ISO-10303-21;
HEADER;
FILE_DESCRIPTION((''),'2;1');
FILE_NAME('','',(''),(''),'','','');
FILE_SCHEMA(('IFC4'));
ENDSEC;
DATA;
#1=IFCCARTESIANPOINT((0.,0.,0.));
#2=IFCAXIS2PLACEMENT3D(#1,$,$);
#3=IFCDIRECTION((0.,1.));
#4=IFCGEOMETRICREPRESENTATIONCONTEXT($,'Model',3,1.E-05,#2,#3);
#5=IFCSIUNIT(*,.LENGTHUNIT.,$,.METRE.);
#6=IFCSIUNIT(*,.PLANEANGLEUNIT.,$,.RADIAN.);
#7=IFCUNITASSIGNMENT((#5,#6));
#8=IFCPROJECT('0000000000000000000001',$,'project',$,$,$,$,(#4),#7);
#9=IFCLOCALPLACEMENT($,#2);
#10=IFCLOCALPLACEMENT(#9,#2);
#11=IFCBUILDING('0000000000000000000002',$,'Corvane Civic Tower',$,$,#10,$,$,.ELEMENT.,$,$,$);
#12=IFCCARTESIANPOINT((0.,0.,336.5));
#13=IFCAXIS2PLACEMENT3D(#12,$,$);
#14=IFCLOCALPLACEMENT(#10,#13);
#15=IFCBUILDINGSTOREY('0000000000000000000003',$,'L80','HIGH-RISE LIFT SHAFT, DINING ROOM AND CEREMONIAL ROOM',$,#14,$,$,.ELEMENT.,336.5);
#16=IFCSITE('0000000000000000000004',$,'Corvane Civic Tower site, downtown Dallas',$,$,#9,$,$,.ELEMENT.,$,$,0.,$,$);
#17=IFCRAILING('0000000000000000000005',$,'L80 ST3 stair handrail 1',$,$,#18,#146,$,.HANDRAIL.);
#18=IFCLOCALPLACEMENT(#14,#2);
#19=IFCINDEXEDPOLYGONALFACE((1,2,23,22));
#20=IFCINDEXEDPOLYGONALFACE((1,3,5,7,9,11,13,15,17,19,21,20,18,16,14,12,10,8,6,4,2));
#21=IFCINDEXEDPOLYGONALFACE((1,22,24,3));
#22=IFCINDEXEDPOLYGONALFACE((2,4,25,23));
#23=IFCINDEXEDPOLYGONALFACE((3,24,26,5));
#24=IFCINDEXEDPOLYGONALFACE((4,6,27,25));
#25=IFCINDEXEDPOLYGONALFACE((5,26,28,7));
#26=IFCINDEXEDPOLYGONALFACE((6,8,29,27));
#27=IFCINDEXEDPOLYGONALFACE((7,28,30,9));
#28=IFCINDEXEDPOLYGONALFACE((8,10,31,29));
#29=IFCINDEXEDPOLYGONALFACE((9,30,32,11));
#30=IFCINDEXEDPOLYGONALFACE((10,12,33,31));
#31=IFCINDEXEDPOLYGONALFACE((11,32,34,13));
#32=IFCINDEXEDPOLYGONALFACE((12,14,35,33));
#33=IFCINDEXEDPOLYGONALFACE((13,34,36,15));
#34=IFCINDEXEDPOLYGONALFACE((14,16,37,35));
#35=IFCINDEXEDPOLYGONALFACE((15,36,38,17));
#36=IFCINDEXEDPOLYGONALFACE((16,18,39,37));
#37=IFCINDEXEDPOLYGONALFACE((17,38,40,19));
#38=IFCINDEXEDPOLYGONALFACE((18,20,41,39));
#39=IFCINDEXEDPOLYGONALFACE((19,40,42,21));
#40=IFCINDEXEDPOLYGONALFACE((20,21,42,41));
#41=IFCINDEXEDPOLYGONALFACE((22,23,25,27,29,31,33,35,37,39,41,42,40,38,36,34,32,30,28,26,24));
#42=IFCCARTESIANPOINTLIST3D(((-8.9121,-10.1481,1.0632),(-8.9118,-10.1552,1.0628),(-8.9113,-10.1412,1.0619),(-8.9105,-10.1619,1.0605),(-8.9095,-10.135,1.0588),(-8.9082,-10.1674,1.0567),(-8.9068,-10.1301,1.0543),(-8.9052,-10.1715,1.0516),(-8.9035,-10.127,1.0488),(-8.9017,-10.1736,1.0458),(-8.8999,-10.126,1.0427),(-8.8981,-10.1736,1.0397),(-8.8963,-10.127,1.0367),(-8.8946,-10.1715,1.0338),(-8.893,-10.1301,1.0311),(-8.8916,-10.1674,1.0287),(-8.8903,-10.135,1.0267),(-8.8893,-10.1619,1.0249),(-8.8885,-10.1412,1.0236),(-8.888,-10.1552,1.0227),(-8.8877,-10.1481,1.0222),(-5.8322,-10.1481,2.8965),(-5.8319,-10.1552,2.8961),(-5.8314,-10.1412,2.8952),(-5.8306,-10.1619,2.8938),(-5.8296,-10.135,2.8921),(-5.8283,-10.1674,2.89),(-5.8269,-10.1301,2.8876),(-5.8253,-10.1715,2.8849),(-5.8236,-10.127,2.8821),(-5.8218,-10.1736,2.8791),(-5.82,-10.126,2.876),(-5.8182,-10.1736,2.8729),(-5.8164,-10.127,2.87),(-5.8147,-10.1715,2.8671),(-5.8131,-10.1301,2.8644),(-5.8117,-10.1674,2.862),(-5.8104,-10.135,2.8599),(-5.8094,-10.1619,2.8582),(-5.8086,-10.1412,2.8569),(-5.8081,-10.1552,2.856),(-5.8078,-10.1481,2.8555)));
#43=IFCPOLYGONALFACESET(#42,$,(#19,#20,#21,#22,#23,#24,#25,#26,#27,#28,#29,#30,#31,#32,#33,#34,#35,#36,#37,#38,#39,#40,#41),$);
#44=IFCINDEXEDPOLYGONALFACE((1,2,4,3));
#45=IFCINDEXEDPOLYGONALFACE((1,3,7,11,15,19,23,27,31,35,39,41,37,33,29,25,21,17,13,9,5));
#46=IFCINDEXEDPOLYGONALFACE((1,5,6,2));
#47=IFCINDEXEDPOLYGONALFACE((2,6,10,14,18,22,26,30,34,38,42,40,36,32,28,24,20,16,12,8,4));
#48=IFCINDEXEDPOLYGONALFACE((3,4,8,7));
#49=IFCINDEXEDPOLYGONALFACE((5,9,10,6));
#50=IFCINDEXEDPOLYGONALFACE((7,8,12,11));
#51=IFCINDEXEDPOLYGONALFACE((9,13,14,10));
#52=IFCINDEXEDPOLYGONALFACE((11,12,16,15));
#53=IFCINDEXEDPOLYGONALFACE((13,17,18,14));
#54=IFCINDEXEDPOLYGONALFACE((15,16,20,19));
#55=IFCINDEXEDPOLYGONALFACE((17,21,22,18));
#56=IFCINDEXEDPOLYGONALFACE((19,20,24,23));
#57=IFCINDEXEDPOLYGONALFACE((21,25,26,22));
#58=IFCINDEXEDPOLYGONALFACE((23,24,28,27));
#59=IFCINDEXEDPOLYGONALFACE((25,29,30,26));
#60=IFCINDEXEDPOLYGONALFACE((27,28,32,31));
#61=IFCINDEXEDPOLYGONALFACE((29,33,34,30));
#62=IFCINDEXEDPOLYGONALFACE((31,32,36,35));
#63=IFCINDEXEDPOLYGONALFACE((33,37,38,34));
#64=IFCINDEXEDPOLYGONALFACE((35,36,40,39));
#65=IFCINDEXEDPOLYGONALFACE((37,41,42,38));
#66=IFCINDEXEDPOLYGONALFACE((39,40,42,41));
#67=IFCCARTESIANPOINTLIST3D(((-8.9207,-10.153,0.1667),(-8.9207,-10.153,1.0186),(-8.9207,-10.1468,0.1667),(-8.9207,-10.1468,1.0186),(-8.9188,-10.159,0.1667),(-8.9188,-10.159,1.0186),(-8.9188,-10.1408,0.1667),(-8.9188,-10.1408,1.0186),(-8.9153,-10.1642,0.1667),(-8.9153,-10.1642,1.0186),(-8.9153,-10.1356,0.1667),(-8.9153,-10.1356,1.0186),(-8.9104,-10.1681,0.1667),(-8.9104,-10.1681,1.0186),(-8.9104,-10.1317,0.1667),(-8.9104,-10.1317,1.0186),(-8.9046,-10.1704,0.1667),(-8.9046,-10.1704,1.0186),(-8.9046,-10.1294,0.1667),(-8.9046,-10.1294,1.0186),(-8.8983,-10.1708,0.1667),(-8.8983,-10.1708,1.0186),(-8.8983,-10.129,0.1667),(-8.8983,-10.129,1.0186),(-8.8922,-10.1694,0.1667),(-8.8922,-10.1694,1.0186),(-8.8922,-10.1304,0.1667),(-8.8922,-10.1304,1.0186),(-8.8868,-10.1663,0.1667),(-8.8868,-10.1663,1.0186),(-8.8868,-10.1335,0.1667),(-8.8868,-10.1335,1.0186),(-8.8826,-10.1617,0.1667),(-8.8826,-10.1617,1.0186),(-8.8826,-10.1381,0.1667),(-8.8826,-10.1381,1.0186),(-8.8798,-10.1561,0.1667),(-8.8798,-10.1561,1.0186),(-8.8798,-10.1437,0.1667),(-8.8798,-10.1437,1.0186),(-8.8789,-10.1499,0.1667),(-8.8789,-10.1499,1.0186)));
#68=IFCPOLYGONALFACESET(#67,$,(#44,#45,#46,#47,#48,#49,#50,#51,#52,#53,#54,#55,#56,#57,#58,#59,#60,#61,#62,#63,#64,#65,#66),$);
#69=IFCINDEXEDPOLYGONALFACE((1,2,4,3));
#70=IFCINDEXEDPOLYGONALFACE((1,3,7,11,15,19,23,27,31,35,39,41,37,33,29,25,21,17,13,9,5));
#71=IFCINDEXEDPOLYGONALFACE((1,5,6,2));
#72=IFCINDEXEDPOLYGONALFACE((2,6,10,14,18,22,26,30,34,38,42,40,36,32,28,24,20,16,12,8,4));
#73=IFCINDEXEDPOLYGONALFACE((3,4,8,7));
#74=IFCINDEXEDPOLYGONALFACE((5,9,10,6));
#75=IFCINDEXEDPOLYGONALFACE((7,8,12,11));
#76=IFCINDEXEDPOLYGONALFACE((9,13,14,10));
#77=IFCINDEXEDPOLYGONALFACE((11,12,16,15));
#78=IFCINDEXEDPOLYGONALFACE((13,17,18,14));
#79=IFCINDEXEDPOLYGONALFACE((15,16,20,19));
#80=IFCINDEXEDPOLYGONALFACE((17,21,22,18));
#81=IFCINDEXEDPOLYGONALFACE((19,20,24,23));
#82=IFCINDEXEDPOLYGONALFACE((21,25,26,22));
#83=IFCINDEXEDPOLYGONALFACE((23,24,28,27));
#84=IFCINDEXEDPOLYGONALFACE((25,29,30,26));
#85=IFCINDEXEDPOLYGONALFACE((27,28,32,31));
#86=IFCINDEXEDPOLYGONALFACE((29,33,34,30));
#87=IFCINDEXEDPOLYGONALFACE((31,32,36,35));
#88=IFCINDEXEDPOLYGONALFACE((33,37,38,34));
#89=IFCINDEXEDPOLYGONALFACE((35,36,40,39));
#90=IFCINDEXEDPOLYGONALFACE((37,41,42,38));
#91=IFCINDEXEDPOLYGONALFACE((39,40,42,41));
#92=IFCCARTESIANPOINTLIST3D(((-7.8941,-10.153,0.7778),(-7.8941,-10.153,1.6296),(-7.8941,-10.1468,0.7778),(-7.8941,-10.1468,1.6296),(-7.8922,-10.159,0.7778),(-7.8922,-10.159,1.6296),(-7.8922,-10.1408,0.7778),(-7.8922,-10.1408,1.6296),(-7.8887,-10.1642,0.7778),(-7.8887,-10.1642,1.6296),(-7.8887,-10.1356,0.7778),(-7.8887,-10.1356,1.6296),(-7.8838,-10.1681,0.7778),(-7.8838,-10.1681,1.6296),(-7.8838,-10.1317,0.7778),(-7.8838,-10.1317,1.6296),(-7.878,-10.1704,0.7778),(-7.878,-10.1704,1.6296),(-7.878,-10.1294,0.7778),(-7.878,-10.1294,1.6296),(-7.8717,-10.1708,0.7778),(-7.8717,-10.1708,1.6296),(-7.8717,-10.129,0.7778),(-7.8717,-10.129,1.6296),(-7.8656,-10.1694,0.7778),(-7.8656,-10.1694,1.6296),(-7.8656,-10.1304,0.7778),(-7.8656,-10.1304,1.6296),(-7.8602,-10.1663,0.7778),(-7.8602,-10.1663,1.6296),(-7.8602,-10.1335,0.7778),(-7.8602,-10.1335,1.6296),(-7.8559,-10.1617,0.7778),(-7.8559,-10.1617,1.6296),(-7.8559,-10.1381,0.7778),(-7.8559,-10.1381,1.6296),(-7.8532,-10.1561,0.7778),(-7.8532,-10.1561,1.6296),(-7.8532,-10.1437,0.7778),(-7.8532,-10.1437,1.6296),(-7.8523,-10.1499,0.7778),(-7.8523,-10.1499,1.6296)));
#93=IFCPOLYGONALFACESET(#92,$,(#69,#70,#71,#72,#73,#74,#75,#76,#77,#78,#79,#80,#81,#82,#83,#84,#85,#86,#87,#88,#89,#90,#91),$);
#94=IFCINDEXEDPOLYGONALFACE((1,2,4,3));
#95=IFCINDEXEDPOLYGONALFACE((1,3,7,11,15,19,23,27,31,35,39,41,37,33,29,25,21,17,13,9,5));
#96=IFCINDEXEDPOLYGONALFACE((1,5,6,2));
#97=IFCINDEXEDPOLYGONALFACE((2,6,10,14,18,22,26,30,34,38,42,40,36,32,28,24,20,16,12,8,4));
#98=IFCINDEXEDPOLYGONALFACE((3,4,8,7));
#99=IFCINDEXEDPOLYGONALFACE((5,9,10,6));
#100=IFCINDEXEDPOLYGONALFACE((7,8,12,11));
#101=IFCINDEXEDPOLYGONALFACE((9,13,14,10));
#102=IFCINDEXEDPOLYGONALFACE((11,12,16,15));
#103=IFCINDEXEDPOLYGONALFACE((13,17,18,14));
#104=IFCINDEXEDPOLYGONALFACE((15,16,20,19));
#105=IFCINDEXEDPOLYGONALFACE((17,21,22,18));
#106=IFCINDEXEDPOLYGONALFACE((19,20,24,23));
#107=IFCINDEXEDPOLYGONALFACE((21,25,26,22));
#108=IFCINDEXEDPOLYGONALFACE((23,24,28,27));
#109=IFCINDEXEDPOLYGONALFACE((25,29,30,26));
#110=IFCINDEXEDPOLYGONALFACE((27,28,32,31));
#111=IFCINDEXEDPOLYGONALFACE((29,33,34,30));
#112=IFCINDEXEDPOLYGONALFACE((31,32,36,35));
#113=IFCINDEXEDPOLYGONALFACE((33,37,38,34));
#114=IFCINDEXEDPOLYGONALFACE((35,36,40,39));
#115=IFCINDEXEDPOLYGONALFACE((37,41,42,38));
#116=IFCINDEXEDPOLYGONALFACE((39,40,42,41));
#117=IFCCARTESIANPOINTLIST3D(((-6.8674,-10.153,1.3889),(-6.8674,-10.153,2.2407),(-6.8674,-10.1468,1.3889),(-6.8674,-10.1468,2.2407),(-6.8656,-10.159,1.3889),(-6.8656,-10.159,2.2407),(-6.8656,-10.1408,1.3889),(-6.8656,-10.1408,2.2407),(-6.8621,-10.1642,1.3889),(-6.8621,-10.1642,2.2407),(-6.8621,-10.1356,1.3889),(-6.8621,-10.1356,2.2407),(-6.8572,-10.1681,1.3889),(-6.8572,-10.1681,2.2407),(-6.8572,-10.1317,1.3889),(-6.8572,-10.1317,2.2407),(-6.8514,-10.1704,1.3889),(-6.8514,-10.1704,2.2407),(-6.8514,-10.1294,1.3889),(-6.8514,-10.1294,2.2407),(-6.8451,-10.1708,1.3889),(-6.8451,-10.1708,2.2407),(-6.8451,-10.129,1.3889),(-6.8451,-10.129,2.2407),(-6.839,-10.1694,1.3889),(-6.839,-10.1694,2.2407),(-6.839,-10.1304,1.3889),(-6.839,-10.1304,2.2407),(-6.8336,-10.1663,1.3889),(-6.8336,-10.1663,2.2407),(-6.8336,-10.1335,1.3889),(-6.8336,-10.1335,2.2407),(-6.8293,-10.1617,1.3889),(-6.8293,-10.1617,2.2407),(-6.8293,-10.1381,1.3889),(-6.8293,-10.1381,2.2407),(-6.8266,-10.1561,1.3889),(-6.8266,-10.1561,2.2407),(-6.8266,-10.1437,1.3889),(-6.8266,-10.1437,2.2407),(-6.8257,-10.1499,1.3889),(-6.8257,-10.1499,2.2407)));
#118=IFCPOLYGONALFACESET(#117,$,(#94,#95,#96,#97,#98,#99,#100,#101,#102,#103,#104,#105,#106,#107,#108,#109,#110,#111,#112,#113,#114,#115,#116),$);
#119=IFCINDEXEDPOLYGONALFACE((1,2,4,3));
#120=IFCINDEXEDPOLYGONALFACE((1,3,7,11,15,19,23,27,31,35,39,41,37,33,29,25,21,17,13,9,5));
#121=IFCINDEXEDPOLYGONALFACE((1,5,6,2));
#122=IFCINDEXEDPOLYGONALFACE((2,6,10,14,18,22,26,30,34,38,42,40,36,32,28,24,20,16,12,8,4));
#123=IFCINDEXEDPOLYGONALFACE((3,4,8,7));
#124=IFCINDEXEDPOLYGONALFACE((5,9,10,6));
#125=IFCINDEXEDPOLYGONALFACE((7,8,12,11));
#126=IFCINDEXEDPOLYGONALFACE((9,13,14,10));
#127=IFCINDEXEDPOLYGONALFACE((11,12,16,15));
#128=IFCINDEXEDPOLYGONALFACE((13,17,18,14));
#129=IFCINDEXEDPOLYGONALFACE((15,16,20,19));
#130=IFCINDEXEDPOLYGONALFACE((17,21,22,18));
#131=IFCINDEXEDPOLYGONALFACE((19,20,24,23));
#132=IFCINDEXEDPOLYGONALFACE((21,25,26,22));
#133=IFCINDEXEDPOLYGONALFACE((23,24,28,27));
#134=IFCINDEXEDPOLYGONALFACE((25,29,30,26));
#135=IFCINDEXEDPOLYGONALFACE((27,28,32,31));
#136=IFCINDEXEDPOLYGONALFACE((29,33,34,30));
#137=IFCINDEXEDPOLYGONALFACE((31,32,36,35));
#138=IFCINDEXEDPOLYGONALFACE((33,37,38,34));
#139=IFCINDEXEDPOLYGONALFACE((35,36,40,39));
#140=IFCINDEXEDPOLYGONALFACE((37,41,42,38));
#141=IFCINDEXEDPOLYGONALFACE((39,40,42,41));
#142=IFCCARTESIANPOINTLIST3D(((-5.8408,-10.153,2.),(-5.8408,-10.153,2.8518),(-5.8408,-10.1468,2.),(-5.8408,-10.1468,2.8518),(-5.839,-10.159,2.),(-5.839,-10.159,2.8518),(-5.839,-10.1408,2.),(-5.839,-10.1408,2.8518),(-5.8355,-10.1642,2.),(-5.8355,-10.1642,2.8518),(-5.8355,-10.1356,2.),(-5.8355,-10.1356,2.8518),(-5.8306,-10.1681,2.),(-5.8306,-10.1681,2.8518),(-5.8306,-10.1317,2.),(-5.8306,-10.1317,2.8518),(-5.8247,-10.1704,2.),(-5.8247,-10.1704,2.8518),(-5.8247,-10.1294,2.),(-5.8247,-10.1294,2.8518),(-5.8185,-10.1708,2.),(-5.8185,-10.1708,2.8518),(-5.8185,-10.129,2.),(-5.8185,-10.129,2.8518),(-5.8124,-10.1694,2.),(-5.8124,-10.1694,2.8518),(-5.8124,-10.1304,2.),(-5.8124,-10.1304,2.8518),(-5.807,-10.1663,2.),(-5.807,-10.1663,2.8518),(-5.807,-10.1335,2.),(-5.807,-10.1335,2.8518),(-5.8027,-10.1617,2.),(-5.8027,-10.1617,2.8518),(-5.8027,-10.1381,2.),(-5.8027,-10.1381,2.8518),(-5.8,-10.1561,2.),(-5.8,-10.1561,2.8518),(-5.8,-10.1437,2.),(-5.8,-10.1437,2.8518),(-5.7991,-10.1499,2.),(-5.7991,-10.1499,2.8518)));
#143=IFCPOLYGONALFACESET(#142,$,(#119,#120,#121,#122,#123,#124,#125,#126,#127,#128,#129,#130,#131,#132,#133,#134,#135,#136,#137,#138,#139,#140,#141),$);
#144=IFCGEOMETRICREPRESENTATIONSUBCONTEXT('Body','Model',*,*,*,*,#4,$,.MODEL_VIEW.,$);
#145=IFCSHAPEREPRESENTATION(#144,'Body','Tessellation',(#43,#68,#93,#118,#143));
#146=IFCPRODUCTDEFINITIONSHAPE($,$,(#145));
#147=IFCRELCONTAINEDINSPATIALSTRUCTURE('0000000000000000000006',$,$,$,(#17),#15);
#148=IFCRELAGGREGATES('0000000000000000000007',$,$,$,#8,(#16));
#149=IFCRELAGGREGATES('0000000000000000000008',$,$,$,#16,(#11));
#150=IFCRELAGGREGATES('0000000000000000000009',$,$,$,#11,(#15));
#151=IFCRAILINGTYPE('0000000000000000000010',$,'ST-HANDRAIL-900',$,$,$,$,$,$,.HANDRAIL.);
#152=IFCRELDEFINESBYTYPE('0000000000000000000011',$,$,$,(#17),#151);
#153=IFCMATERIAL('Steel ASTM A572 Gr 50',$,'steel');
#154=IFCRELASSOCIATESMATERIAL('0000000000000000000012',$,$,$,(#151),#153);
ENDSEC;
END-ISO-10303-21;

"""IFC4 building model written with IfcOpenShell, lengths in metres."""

from ifc_helpers import new_model, si_unit, direction, frame, origin, origin_2d, place, context, subcontext, project, spatial, circle, extrude, material, type_object, element, save


model = new_model("IFC4")

# Units and contexts
model_context = context("Model", 3, precision=1e-05, world=origin(), true_north=direction((0.0, 1.0)))
body_context = subcontext(model_context, "Body", "Model", "MODEL_VIEW")
ifc_project = project(units=[si_unit("LENGTHUNIT", "METRE"), si_unit("PLANEANGLEUNIT", "RADIAN")], contexts=[model_context])

# Site, building, storey
site_placement = place(None, origin())
site = spatial("IfcSite", under=ifc_project, at=site_placement, Name="Corvane Civic Tower site, downtown Dallas", CompositionType="ELEMENT", RefElevation=0.0)
building_placement = place(site_placement, origin())
building = spatial("IfcBuilding", under=site, at=building_placement, Name="Corvane Civic Tower", CompositionType="ELEMENT")
storey_placement = place(building_placement, frame((0.0, 0.0, 336.5)))
storey = spatial("IfcBuildingStorey", under=building, at=storey_placement, Name="L80", Description="HIGH-RISE LIFT SHAFT, DINING ROOM AND CEREMONIAL ROOM", CompositionType="ELEMENT", Elevation=336.5)

# Railing
ifc_material_1 = material(Name="Steel ASTM A572 Gr 50", Category="steel")
railing_type_1 = type_object("IfcRailingType", Name="ST-HANDRAIL-900", PredefinedType="HANDRAIL", material=ifc_material_1)
railing_1_placement = place(storey_placement, frame((-8.8999, -10.1499, 0.1667)))
element("IfcRailing", 1, at=railing_1_placement, inside=storey, type_object=railing_type_1, Name="L80 ST3 stair handrail 1", PredefinedType="HANDRAIL", context=body_context, shape_type="SweptSolid", body=[
    extrude(circle(Radius=0.0239, at=origin_2d()), frame((0.0, 0.0, 0.876), z_axis=(0.859291, 0.0, 0.511487), x_axis=(0.0, 1.0, 0.0)), (0.0, 0.0, 1.0), 3.5842),
    extrude(circle(Radius=0.021, at=origin_2d()), origin(), (0.0, 0.0, 1.0), 0.8518),
    extrude(circle(Radius=0.021, at=origin_2d()), frame((1.0266, 0.0, 0.6111)), (0.0, 0.0, 1.0), 0.8518),
    extrude(circle(Radius=0.021, at=origin_2d()), frame((2.0532, 0.0, 1.2222)), (0.0, 0.0, 1.0), 0.8518),
    extrude(circle(Radius=0.021, at=origin_2d()), frame((3.0798, 0.0, 1.8333)), (0.0, 0.0, 1.0), 0.8518),
])

save(model, "model.ifc")
